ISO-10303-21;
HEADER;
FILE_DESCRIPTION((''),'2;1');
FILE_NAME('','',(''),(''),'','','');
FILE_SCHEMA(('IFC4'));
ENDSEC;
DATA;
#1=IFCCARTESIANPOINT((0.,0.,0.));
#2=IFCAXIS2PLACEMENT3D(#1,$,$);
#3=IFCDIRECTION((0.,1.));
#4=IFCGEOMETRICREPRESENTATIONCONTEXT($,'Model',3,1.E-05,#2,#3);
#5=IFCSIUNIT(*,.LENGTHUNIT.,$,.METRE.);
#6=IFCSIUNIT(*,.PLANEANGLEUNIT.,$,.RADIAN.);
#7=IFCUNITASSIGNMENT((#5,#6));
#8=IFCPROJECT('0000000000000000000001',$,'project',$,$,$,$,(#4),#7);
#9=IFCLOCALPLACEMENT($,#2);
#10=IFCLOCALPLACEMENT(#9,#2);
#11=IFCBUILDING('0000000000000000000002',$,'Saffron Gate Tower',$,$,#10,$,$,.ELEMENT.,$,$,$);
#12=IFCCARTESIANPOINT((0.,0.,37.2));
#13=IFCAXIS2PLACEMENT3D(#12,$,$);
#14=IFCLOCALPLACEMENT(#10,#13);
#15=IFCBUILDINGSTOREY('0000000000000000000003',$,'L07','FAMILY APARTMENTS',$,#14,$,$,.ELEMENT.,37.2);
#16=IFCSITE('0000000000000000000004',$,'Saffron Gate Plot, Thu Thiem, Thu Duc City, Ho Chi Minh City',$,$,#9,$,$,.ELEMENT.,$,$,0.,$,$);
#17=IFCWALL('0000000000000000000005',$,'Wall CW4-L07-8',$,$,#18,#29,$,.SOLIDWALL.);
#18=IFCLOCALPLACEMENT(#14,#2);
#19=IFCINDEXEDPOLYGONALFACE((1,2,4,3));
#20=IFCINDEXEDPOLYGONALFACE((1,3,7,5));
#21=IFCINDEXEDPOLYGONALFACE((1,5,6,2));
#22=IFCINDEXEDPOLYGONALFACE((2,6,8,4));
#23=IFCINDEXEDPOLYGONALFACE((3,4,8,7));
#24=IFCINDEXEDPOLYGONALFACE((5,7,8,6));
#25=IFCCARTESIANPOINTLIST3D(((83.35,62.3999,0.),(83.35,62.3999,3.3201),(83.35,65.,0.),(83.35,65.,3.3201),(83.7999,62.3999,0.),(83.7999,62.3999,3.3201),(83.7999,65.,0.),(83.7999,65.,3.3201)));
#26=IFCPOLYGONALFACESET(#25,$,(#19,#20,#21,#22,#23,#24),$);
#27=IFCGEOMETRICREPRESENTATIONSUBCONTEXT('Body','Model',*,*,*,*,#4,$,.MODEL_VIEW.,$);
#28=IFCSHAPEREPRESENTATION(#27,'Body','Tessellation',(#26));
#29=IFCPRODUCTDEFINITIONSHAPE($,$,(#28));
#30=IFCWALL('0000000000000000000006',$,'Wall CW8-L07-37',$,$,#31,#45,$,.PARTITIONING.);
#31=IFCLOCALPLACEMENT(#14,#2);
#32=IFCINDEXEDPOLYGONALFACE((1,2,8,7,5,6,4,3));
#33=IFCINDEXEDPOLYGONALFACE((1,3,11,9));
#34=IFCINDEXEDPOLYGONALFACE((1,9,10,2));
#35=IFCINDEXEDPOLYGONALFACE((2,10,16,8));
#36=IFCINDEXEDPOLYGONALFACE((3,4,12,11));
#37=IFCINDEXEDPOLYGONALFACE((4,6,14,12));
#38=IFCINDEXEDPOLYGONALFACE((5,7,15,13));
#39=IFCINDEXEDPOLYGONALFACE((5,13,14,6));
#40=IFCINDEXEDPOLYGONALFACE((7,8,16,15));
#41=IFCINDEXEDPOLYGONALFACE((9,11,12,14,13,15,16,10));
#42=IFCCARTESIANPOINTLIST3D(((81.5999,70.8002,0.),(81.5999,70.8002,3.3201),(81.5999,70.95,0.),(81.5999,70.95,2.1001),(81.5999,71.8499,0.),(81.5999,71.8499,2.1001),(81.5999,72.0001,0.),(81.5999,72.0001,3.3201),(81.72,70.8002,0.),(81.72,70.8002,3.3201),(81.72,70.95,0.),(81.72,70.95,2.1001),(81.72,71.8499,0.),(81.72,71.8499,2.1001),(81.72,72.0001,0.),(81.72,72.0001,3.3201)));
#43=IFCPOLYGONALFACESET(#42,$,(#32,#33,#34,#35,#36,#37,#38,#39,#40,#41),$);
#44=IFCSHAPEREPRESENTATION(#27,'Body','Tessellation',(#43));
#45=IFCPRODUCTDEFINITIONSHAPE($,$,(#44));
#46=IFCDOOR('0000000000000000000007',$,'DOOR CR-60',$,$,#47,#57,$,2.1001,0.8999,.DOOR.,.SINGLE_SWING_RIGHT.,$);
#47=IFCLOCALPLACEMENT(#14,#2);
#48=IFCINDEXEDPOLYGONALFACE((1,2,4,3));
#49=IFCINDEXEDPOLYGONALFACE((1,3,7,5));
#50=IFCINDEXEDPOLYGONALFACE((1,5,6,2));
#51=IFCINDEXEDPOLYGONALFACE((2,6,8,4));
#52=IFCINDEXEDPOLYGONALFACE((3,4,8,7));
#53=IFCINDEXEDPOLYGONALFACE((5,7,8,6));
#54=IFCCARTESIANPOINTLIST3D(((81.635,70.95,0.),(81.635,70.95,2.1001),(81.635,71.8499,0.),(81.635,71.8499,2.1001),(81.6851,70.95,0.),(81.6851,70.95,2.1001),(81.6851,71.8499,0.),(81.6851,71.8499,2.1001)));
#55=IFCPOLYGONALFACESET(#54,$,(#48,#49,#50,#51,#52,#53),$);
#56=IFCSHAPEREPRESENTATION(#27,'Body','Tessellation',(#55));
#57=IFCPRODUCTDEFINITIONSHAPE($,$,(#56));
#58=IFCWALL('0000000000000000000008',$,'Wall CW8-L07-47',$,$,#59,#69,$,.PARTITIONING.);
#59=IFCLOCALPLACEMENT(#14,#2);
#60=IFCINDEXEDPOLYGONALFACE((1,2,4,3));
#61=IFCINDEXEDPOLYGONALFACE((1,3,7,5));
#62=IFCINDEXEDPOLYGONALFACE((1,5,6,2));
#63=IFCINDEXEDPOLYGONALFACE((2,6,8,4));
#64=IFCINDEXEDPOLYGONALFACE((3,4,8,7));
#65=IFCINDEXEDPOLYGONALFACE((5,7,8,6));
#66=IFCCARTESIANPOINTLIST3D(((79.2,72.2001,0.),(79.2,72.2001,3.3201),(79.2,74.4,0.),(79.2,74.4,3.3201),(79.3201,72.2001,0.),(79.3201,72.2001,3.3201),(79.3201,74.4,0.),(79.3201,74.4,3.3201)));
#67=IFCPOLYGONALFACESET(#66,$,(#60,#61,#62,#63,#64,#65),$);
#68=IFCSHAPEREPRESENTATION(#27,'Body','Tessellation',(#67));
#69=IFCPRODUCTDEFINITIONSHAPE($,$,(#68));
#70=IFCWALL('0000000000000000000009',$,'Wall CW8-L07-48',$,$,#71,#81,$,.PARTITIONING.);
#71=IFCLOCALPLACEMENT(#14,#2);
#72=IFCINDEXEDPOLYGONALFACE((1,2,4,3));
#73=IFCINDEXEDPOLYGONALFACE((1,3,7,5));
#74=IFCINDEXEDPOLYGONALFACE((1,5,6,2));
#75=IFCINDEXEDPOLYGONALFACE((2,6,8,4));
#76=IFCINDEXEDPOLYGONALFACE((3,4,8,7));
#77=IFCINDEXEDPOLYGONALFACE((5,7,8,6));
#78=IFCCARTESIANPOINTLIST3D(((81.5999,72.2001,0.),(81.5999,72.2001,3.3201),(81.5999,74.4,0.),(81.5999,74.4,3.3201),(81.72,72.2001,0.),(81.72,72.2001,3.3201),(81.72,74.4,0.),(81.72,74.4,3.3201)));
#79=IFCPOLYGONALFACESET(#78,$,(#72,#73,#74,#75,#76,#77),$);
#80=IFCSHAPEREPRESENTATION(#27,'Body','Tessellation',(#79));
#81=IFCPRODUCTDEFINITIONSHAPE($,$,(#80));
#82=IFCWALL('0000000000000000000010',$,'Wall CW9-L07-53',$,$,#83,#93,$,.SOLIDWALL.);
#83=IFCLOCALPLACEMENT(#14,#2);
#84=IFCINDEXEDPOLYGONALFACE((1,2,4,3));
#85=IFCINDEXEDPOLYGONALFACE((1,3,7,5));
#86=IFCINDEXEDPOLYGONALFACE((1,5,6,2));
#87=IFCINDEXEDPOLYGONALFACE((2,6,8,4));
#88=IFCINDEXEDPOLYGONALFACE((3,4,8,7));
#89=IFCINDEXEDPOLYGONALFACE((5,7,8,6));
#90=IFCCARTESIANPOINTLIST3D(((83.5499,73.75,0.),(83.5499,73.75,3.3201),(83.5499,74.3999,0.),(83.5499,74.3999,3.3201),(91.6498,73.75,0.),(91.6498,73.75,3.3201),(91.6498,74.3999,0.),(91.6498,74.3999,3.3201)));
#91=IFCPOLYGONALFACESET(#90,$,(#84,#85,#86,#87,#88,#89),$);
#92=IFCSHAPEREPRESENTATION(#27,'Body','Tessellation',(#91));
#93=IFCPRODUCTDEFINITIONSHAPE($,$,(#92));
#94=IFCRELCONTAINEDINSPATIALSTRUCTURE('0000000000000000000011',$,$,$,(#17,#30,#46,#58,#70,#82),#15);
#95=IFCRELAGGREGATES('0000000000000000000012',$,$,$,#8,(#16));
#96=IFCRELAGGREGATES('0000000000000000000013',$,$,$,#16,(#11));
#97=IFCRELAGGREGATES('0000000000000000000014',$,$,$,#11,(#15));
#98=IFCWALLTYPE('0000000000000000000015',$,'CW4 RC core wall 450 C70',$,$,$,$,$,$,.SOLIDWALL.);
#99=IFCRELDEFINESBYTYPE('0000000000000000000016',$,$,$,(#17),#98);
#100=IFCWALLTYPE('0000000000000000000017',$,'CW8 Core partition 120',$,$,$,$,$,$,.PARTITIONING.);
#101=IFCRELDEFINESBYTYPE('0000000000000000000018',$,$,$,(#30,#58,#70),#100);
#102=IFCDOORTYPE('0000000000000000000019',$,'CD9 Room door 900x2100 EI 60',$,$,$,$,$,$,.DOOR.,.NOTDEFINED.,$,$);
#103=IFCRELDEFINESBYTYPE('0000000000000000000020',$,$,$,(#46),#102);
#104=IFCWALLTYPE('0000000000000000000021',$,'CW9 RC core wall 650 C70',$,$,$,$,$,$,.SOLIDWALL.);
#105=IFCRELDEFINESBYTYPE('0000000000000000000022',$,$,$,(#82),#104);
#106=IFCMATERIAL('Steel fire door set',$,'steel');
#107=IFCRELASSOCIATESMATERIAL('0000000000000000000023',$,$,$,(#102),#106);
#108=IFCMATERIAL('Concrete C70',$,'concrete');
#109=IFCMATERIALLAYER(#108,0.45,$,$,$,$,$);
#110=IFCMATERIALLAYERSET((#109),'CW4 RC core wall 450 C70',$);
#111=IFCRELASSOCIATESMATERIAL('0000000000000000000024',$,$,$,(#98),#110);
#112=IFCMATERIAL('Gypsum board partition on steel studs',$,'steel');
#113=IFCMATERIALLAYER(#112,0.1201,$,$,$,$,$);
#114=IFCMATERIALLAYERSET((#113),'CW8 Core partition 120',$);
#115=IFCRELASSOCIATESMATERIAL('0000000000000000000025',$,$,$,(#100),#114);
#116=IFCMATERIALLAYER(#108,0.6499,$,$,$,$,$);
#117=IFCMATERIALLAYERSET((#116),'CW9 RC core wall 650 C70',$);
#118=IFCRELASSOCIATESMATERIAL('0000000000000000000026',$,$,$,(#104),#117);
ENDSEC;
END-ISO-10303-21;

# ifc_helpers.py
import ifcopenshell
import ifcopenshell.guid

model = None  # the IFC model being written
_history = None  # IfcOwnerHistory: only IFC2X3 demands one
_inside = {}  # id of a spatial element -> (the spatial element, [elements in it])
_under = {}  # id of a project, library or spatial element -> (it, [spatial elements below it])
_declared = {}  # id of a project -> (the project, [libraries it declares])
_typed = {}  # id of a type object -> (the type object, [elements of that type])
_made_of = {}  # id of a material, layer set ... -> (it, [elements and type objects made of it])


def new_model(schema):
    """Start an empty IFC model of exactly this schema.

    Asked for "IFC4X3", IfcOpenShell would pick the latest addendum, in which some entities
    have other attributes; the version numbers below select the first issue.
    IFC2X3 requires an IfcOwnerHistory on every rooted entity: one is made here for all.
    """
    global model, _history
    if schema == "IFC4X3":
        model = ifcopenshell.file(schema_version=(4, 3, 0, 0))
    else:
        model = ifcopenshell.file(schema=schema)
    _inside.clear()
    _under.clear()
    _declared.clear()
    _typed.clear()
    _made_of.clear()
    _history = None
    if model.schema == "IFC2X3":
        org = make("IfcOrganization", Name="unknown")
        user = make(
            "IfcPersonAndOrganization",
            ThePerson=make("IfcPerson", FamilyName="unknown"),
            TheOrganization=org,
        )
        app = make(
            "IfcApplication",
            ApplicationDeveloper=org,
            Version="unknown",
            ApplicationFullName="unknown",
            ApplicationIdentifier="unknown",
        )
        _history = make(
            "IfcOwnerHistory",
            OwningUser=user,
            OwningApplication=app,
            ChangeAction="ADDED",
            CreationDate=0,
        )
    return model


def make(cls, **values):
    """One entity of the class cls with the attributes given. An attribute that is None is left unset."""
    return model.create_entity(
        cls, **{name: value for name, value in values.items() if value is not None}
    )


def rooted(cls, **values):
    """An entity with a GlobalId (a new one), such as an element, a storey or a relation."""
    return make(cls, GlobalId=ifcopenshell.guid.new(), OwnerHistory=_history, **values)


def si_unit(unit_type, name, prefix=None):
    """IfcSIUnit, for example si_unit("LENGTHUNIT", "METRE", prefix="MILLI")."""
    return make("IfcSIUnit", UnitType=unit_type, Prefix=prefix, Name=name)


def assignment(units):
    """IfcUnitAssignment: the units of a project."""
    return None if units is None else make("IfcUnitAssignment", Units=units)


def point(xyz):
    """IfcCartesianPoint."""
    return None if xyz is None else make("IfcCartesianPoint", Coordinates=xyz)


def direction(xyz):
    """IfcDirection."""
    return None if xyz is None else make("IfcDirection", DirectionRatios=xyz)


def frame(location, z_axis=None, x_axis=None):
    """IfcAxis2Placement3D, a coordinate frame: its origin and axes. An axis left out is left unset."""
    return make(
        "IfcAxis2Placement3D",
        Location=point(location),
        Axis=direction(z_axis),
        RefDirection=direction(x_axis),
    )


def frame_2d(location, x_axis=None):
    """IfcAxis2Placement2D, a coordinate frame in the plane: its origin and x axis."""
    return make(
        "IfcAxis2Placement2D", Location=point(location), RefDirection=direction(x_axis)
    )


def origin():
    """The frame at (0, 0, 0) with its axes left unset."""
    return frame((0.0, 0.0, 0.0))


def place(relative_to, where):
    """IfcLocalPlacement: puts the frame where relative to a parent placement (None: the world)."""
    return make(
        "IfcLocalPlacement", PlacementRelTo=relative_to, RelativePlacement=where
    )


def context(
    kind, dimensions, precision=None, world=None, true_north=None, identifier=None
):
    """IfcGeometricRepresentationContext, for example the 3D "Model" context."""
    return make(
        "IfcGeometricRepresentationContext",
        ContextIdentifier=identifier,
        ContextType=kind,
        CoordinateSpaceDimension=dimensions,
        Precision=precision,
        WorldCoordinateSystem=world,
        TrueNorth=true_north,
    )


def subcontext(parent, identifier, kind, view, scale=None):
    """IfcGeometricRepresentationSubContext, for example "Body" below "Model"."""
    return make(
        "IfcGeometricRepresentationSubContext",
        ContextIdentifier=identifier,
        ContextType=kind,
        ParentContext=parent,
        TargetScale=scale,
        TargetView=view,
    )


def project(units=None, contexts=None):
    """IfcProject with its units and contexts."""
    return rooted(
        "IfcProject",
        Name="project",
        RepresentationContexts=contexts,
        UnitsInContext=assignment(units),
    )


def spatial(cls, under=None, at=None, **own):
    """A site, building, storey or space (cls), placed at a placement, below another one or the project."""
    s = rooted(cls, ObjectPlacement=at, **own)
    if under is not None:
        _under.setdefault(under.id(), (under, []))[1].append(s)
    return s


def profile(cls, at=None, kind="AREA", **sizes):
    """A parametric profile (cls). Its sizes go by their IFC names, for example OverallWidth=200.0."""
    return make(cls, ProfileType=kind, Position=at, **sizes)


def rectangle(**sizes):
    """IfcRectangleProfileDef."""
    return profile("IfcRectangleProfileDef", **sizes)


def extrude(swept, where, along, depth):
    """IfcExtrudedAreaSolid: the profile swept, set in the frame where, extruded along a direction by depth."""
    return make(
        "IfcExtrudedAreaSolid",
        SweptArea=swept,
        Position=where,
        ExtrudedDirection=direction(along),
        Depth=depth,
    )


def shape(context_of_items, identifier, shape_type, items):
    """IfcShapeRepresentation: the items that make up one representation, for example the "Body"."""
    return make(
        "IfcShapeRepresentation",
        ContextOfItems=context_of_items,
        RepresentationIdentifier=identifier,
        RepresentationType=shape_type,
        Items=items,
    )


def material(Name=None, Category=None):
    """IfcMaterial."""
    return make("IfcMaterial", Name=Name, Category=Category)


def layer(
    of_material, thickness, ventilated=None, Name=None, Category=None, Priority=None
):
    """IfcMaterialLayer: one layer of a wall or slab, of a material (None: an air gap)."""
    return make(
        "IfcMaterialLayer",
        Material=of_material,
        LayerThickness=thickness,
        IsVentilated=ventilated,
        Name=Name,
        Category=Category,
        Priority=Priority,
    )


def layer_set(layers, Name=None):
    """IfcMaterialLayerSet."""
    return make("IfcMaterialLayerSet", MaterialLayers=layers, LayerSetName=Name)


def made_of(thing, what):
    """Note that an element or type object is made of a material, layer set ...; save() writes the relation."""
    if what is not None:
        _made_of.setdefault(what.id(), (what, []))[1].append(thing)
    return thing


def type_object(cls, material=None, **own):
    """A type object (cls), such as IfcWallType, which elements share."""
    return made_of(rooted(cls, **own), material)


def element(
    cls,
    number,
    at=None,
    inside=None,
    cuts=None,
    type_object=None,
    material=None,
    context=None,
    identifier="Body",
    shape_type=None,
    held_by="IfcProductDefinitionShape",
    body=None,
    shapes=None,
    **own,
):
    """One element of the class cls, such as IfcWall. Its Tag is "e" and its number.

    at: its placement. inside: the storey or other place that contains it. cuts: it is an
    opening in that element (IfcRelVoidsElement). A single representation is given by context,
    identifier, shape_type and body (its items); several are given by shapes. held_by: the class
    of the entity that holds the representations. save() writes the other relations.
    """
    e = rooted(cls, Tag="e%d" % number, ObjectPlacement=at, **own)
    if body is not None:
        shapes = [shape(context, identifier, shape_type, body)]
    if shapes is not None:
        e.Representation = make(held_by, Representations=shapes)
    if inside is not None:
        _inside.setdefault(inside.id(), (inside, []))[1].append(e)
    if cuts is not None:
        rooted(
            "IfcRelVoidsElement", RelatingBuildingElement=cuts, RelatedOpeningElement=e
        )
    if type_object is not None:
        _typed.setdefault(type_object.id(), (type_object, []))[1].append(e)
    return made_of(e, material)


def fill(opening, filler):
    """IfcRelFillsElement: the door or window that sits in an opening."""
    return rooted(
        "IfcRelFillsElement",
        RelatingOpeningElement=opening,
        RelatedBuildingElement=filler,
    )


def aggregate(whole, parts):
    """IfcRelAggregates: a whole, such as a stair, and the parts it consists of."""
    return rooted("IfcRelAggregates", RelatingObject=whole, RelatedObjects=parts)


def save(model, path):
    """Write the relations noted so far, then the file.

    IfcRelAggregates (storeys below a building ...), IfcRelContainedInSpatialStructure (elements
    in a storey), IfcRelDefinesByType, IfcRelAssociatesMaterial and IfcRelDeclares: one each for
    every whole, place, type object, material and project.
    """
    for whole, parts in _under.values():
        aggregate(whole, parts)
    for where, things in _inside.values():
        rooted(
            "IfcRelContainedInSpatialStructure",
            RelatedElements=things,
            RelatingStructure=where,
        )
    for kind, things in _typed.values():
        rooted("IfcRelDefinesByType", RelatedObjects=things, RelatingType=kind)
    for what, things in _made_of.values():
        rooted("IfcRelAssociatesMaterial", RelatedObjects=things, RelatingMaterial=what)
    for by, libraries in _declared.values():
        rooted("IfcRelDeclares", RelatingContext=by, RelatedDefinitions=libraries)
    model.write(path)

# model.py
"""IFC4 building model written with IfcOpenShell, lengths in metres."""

from ifc_helpers import new_model, si_unit, direction, frame, frame_2d, origin, place, context, subcontext, project, spatial, rectangle, extrude, material, layer, layer_set, type_object, element, fill, save


model = new_model("IFC4")

# Units and contexts
model_context = context("Model", 3, precision=1e-05, world=origin(), true_north=direction((0.0, 1.0)))
body_context = subcontext(model_context, "Body", "Model", "MODEL_VIEW")
ifc_project = project(units=[si_unit("LENGTHUNIT", "METRE"), si_unit("PLANEANGLEUNIT", "RADIAN")], contexts=[model_context])

# Site, building, storey
site_placement = place(None, origin())
site = spatial("IfcSite", under=ifc_project, at=site_placement, Name="Saffron Gate Plot, Thu Thiem, Thu Duc City, Ho Chi Minh City", CompositionType="ELEMENT", RefElevation=0.0)
building_placement = place(site_placement, origin())
building = spatial("IfcBuilding", under=site, at=building_placement, Name="Saffron Gate Tower", CompositionType="ELEMENT")
storey_placement = place(building_placement, frame((0.0, 0.0, 37.2)))
storey = spatial("IfcBuildingStorey", under=building, at=storey_placement, Name="L07", Description="FAMILY APARTMENTS", CompositionType="ELEMENT", Elevation=37.2)

# Shared definitions
ifc_material_1 = material(Name="Concrete C70", Category="concrete")

# Shared definitions
ifc_material_2 = material(Name="Steel fire door set", Category="steel")
door_type_1 = type_object("IfcDoorType", Name="CD9 Room door 900x2100 EI 60", OperationType="NOTDEFINED", PredefinedType="DOOR", material=ifc_material_2)

# Wall
ifc_layer_1 = layer(ifc_material_1, 0.45)
ifc_layer_set_1 = layer_set([ifc_layer_1], Name="CW4 RC core wall 450 C70")
wall_type_1 = type_object("IfcWallType", Name="CW4 RC core wall 450 C70", PredefinedType="SOLIDWALL", material=ifc_layer_set_1)
wall_1_placement = place(storey_placement, frame((83.575, 62.3999, 0.0), z_axis=(0.0, 0.0, 1.0), x_axis=(0.0, 1.0, 0.0)))
element("IfcWall", 1, at=wall_1_placement, inside=storey, type_object=wall_type_1, Name="Wall CW4-L07-8", PredefinedType="SOLIDWALL", context=body_context, shape_type="SweptSolid", body=[
    extrude(rectangle(XDim=2.6001, YDim=0.45, at=frame_2d((1.3, 0.0))), origin(), (0.0, 0.0, 1.0), 3.3201),
])

# Wall, opening, door
ifc_material_3 = material(Name="Gypsum board partition on steel studs", Category="steel")
ifc_layer_2 = layer(ifc_material_3, 0.1201)
ifc_layer_set_2 = layer_set([ifc_layer_2], Name="CW8 Core partition 120")
wall_type_2 = type_object("IfcWallType", Name="CW8 Core partition 120", PredefinedType="PARTITIONING", material=ifc_layer_set_2)
wall_2_placement = place(storey_placement, frame((81.6599, 70.8, 0.0), z_axis=(0.0, 0.0, 1.0), x_axis=(0.0, 1.0, 0.0)))
wall_2 = element("IfcWall", 2, at=wall_2_placement, inside=storey, type_object=wall_type_2, Name="Wall CW8-L07-37", PredefinedType="PARTITIONING", context=body_context, shape_type="SweptSolid", body=[
    extrude(rectangle(XDim=1.2, YDim=0.1201, at=frame_2d((0.6001, 0.0))), origin(), (0.0, 0.0, 1.0), 3.3201),
])
opening_1_placement = place(wall_2_placement, frame((0.1499, 0.0, 0.0)))
opening_1 = element("IfcOpeningElement", 3, at=opening_1_placement, cuts=wall_2, PredefinedType="OPENING", context=body_context, shape_type="SweptSolid", body=[
    extrude(rectangle(XDim=0.8999, YDim=2.1001, at=frame_2d((0.45, 1.05))), frame((0.0, 0.0701, 0.0), z_axis=(0.0, -1.0, 0.0), x_axis=(1.0, 0.0, 0.0)), (0.0, 0.0, 1.0), 0.1401),
])
door_1_placement = place(opening_1_placement, origin())
door_1 = element("IfcDoor", 4, at=door_1_placement, inside=storey, type_object=door_type_1, Name="DOOR CR-60", OperationType="SINGLE_SWING_RIGHT", OverallHeight=2.1001, OverallWidth=0.8999, PredefinedType="DOOR", context=body_context, shape_type="SweptSolid", body=[
    extrude(rectangle(XDim=0.8999, YDim=2.1001, at=frame_2d((0.45, 1.05))), frame((0.0, 0.0249, 0.0), z_axis=(0.0, -1.0, 0.0), x_axis=(1.0, 0.0, 0.0)), (0.0, 0.0, 1.0), 0.05),
])
fill(opening_1, door_1)

# Walls
for number, where, z_axis, x_axis, name in (
    (5, (79.26, 72.2, 0.0), (0.0, 0.0, 1.0), (0.0, 1.0, 0.0), "Wall CW8-L07-47"),
    (6, (81.6599, 72.2, 0.0), (0.0, 0.0, 1.0), (0.0, 1.0, 0.0), "Wall CW8-L07-48"),
):
    element("IfcWall", number, at=place(storey_placement, frame(where, z_axis=z_axis, x_axis=x_axis)), inside=storey, type_object=wall_type_2, Name=name, PredefinedType="PARTITIONING", context=body_context, shape_type="SweptSolid", body=[
        extrude(rectangle(XDim=2.2, YDim=0.1201, at=frame_2d((1.1001, 0.0))), origin(), (0.0, 0.0, 1.0), 3.3201),
    ])
ifc_layer_3 = layer(ifc_material_1, 0.6499)
ifc_layer_set_3 = layer_set([ifc_layer_3], Name="CW9 RC core wall 650 C70")
wall_type_3 = type_object("IfcWallType", Name="CW9 RC core wall 650 C70", PredefinedType="SOLIDWALL", material=ifc_layer_set_3)
wall_3_placement = place(storey_placement, frame((83.55, 74.075, 0.0), z_axis=(0.0, 0.0, 1.0), x_axis=(1.0, 0.0, 0.0)))
element("IfcWall", 7, at=wall_3_placement, inside=storey, type_object=wall_type_3, Name="Wall CW9-L07-53", PredefinedType="SOLIDWALL", context=body_context, shape_type="SweptSolid", body=[
    extrude(rectangle(XDim=8.0999, YDim=0.6499, at=frame_2d((4.0498, 0.0))), origin(), (0.0, 0.0, 1.0), 3.3201),
])

save(model, "model.ifc")
